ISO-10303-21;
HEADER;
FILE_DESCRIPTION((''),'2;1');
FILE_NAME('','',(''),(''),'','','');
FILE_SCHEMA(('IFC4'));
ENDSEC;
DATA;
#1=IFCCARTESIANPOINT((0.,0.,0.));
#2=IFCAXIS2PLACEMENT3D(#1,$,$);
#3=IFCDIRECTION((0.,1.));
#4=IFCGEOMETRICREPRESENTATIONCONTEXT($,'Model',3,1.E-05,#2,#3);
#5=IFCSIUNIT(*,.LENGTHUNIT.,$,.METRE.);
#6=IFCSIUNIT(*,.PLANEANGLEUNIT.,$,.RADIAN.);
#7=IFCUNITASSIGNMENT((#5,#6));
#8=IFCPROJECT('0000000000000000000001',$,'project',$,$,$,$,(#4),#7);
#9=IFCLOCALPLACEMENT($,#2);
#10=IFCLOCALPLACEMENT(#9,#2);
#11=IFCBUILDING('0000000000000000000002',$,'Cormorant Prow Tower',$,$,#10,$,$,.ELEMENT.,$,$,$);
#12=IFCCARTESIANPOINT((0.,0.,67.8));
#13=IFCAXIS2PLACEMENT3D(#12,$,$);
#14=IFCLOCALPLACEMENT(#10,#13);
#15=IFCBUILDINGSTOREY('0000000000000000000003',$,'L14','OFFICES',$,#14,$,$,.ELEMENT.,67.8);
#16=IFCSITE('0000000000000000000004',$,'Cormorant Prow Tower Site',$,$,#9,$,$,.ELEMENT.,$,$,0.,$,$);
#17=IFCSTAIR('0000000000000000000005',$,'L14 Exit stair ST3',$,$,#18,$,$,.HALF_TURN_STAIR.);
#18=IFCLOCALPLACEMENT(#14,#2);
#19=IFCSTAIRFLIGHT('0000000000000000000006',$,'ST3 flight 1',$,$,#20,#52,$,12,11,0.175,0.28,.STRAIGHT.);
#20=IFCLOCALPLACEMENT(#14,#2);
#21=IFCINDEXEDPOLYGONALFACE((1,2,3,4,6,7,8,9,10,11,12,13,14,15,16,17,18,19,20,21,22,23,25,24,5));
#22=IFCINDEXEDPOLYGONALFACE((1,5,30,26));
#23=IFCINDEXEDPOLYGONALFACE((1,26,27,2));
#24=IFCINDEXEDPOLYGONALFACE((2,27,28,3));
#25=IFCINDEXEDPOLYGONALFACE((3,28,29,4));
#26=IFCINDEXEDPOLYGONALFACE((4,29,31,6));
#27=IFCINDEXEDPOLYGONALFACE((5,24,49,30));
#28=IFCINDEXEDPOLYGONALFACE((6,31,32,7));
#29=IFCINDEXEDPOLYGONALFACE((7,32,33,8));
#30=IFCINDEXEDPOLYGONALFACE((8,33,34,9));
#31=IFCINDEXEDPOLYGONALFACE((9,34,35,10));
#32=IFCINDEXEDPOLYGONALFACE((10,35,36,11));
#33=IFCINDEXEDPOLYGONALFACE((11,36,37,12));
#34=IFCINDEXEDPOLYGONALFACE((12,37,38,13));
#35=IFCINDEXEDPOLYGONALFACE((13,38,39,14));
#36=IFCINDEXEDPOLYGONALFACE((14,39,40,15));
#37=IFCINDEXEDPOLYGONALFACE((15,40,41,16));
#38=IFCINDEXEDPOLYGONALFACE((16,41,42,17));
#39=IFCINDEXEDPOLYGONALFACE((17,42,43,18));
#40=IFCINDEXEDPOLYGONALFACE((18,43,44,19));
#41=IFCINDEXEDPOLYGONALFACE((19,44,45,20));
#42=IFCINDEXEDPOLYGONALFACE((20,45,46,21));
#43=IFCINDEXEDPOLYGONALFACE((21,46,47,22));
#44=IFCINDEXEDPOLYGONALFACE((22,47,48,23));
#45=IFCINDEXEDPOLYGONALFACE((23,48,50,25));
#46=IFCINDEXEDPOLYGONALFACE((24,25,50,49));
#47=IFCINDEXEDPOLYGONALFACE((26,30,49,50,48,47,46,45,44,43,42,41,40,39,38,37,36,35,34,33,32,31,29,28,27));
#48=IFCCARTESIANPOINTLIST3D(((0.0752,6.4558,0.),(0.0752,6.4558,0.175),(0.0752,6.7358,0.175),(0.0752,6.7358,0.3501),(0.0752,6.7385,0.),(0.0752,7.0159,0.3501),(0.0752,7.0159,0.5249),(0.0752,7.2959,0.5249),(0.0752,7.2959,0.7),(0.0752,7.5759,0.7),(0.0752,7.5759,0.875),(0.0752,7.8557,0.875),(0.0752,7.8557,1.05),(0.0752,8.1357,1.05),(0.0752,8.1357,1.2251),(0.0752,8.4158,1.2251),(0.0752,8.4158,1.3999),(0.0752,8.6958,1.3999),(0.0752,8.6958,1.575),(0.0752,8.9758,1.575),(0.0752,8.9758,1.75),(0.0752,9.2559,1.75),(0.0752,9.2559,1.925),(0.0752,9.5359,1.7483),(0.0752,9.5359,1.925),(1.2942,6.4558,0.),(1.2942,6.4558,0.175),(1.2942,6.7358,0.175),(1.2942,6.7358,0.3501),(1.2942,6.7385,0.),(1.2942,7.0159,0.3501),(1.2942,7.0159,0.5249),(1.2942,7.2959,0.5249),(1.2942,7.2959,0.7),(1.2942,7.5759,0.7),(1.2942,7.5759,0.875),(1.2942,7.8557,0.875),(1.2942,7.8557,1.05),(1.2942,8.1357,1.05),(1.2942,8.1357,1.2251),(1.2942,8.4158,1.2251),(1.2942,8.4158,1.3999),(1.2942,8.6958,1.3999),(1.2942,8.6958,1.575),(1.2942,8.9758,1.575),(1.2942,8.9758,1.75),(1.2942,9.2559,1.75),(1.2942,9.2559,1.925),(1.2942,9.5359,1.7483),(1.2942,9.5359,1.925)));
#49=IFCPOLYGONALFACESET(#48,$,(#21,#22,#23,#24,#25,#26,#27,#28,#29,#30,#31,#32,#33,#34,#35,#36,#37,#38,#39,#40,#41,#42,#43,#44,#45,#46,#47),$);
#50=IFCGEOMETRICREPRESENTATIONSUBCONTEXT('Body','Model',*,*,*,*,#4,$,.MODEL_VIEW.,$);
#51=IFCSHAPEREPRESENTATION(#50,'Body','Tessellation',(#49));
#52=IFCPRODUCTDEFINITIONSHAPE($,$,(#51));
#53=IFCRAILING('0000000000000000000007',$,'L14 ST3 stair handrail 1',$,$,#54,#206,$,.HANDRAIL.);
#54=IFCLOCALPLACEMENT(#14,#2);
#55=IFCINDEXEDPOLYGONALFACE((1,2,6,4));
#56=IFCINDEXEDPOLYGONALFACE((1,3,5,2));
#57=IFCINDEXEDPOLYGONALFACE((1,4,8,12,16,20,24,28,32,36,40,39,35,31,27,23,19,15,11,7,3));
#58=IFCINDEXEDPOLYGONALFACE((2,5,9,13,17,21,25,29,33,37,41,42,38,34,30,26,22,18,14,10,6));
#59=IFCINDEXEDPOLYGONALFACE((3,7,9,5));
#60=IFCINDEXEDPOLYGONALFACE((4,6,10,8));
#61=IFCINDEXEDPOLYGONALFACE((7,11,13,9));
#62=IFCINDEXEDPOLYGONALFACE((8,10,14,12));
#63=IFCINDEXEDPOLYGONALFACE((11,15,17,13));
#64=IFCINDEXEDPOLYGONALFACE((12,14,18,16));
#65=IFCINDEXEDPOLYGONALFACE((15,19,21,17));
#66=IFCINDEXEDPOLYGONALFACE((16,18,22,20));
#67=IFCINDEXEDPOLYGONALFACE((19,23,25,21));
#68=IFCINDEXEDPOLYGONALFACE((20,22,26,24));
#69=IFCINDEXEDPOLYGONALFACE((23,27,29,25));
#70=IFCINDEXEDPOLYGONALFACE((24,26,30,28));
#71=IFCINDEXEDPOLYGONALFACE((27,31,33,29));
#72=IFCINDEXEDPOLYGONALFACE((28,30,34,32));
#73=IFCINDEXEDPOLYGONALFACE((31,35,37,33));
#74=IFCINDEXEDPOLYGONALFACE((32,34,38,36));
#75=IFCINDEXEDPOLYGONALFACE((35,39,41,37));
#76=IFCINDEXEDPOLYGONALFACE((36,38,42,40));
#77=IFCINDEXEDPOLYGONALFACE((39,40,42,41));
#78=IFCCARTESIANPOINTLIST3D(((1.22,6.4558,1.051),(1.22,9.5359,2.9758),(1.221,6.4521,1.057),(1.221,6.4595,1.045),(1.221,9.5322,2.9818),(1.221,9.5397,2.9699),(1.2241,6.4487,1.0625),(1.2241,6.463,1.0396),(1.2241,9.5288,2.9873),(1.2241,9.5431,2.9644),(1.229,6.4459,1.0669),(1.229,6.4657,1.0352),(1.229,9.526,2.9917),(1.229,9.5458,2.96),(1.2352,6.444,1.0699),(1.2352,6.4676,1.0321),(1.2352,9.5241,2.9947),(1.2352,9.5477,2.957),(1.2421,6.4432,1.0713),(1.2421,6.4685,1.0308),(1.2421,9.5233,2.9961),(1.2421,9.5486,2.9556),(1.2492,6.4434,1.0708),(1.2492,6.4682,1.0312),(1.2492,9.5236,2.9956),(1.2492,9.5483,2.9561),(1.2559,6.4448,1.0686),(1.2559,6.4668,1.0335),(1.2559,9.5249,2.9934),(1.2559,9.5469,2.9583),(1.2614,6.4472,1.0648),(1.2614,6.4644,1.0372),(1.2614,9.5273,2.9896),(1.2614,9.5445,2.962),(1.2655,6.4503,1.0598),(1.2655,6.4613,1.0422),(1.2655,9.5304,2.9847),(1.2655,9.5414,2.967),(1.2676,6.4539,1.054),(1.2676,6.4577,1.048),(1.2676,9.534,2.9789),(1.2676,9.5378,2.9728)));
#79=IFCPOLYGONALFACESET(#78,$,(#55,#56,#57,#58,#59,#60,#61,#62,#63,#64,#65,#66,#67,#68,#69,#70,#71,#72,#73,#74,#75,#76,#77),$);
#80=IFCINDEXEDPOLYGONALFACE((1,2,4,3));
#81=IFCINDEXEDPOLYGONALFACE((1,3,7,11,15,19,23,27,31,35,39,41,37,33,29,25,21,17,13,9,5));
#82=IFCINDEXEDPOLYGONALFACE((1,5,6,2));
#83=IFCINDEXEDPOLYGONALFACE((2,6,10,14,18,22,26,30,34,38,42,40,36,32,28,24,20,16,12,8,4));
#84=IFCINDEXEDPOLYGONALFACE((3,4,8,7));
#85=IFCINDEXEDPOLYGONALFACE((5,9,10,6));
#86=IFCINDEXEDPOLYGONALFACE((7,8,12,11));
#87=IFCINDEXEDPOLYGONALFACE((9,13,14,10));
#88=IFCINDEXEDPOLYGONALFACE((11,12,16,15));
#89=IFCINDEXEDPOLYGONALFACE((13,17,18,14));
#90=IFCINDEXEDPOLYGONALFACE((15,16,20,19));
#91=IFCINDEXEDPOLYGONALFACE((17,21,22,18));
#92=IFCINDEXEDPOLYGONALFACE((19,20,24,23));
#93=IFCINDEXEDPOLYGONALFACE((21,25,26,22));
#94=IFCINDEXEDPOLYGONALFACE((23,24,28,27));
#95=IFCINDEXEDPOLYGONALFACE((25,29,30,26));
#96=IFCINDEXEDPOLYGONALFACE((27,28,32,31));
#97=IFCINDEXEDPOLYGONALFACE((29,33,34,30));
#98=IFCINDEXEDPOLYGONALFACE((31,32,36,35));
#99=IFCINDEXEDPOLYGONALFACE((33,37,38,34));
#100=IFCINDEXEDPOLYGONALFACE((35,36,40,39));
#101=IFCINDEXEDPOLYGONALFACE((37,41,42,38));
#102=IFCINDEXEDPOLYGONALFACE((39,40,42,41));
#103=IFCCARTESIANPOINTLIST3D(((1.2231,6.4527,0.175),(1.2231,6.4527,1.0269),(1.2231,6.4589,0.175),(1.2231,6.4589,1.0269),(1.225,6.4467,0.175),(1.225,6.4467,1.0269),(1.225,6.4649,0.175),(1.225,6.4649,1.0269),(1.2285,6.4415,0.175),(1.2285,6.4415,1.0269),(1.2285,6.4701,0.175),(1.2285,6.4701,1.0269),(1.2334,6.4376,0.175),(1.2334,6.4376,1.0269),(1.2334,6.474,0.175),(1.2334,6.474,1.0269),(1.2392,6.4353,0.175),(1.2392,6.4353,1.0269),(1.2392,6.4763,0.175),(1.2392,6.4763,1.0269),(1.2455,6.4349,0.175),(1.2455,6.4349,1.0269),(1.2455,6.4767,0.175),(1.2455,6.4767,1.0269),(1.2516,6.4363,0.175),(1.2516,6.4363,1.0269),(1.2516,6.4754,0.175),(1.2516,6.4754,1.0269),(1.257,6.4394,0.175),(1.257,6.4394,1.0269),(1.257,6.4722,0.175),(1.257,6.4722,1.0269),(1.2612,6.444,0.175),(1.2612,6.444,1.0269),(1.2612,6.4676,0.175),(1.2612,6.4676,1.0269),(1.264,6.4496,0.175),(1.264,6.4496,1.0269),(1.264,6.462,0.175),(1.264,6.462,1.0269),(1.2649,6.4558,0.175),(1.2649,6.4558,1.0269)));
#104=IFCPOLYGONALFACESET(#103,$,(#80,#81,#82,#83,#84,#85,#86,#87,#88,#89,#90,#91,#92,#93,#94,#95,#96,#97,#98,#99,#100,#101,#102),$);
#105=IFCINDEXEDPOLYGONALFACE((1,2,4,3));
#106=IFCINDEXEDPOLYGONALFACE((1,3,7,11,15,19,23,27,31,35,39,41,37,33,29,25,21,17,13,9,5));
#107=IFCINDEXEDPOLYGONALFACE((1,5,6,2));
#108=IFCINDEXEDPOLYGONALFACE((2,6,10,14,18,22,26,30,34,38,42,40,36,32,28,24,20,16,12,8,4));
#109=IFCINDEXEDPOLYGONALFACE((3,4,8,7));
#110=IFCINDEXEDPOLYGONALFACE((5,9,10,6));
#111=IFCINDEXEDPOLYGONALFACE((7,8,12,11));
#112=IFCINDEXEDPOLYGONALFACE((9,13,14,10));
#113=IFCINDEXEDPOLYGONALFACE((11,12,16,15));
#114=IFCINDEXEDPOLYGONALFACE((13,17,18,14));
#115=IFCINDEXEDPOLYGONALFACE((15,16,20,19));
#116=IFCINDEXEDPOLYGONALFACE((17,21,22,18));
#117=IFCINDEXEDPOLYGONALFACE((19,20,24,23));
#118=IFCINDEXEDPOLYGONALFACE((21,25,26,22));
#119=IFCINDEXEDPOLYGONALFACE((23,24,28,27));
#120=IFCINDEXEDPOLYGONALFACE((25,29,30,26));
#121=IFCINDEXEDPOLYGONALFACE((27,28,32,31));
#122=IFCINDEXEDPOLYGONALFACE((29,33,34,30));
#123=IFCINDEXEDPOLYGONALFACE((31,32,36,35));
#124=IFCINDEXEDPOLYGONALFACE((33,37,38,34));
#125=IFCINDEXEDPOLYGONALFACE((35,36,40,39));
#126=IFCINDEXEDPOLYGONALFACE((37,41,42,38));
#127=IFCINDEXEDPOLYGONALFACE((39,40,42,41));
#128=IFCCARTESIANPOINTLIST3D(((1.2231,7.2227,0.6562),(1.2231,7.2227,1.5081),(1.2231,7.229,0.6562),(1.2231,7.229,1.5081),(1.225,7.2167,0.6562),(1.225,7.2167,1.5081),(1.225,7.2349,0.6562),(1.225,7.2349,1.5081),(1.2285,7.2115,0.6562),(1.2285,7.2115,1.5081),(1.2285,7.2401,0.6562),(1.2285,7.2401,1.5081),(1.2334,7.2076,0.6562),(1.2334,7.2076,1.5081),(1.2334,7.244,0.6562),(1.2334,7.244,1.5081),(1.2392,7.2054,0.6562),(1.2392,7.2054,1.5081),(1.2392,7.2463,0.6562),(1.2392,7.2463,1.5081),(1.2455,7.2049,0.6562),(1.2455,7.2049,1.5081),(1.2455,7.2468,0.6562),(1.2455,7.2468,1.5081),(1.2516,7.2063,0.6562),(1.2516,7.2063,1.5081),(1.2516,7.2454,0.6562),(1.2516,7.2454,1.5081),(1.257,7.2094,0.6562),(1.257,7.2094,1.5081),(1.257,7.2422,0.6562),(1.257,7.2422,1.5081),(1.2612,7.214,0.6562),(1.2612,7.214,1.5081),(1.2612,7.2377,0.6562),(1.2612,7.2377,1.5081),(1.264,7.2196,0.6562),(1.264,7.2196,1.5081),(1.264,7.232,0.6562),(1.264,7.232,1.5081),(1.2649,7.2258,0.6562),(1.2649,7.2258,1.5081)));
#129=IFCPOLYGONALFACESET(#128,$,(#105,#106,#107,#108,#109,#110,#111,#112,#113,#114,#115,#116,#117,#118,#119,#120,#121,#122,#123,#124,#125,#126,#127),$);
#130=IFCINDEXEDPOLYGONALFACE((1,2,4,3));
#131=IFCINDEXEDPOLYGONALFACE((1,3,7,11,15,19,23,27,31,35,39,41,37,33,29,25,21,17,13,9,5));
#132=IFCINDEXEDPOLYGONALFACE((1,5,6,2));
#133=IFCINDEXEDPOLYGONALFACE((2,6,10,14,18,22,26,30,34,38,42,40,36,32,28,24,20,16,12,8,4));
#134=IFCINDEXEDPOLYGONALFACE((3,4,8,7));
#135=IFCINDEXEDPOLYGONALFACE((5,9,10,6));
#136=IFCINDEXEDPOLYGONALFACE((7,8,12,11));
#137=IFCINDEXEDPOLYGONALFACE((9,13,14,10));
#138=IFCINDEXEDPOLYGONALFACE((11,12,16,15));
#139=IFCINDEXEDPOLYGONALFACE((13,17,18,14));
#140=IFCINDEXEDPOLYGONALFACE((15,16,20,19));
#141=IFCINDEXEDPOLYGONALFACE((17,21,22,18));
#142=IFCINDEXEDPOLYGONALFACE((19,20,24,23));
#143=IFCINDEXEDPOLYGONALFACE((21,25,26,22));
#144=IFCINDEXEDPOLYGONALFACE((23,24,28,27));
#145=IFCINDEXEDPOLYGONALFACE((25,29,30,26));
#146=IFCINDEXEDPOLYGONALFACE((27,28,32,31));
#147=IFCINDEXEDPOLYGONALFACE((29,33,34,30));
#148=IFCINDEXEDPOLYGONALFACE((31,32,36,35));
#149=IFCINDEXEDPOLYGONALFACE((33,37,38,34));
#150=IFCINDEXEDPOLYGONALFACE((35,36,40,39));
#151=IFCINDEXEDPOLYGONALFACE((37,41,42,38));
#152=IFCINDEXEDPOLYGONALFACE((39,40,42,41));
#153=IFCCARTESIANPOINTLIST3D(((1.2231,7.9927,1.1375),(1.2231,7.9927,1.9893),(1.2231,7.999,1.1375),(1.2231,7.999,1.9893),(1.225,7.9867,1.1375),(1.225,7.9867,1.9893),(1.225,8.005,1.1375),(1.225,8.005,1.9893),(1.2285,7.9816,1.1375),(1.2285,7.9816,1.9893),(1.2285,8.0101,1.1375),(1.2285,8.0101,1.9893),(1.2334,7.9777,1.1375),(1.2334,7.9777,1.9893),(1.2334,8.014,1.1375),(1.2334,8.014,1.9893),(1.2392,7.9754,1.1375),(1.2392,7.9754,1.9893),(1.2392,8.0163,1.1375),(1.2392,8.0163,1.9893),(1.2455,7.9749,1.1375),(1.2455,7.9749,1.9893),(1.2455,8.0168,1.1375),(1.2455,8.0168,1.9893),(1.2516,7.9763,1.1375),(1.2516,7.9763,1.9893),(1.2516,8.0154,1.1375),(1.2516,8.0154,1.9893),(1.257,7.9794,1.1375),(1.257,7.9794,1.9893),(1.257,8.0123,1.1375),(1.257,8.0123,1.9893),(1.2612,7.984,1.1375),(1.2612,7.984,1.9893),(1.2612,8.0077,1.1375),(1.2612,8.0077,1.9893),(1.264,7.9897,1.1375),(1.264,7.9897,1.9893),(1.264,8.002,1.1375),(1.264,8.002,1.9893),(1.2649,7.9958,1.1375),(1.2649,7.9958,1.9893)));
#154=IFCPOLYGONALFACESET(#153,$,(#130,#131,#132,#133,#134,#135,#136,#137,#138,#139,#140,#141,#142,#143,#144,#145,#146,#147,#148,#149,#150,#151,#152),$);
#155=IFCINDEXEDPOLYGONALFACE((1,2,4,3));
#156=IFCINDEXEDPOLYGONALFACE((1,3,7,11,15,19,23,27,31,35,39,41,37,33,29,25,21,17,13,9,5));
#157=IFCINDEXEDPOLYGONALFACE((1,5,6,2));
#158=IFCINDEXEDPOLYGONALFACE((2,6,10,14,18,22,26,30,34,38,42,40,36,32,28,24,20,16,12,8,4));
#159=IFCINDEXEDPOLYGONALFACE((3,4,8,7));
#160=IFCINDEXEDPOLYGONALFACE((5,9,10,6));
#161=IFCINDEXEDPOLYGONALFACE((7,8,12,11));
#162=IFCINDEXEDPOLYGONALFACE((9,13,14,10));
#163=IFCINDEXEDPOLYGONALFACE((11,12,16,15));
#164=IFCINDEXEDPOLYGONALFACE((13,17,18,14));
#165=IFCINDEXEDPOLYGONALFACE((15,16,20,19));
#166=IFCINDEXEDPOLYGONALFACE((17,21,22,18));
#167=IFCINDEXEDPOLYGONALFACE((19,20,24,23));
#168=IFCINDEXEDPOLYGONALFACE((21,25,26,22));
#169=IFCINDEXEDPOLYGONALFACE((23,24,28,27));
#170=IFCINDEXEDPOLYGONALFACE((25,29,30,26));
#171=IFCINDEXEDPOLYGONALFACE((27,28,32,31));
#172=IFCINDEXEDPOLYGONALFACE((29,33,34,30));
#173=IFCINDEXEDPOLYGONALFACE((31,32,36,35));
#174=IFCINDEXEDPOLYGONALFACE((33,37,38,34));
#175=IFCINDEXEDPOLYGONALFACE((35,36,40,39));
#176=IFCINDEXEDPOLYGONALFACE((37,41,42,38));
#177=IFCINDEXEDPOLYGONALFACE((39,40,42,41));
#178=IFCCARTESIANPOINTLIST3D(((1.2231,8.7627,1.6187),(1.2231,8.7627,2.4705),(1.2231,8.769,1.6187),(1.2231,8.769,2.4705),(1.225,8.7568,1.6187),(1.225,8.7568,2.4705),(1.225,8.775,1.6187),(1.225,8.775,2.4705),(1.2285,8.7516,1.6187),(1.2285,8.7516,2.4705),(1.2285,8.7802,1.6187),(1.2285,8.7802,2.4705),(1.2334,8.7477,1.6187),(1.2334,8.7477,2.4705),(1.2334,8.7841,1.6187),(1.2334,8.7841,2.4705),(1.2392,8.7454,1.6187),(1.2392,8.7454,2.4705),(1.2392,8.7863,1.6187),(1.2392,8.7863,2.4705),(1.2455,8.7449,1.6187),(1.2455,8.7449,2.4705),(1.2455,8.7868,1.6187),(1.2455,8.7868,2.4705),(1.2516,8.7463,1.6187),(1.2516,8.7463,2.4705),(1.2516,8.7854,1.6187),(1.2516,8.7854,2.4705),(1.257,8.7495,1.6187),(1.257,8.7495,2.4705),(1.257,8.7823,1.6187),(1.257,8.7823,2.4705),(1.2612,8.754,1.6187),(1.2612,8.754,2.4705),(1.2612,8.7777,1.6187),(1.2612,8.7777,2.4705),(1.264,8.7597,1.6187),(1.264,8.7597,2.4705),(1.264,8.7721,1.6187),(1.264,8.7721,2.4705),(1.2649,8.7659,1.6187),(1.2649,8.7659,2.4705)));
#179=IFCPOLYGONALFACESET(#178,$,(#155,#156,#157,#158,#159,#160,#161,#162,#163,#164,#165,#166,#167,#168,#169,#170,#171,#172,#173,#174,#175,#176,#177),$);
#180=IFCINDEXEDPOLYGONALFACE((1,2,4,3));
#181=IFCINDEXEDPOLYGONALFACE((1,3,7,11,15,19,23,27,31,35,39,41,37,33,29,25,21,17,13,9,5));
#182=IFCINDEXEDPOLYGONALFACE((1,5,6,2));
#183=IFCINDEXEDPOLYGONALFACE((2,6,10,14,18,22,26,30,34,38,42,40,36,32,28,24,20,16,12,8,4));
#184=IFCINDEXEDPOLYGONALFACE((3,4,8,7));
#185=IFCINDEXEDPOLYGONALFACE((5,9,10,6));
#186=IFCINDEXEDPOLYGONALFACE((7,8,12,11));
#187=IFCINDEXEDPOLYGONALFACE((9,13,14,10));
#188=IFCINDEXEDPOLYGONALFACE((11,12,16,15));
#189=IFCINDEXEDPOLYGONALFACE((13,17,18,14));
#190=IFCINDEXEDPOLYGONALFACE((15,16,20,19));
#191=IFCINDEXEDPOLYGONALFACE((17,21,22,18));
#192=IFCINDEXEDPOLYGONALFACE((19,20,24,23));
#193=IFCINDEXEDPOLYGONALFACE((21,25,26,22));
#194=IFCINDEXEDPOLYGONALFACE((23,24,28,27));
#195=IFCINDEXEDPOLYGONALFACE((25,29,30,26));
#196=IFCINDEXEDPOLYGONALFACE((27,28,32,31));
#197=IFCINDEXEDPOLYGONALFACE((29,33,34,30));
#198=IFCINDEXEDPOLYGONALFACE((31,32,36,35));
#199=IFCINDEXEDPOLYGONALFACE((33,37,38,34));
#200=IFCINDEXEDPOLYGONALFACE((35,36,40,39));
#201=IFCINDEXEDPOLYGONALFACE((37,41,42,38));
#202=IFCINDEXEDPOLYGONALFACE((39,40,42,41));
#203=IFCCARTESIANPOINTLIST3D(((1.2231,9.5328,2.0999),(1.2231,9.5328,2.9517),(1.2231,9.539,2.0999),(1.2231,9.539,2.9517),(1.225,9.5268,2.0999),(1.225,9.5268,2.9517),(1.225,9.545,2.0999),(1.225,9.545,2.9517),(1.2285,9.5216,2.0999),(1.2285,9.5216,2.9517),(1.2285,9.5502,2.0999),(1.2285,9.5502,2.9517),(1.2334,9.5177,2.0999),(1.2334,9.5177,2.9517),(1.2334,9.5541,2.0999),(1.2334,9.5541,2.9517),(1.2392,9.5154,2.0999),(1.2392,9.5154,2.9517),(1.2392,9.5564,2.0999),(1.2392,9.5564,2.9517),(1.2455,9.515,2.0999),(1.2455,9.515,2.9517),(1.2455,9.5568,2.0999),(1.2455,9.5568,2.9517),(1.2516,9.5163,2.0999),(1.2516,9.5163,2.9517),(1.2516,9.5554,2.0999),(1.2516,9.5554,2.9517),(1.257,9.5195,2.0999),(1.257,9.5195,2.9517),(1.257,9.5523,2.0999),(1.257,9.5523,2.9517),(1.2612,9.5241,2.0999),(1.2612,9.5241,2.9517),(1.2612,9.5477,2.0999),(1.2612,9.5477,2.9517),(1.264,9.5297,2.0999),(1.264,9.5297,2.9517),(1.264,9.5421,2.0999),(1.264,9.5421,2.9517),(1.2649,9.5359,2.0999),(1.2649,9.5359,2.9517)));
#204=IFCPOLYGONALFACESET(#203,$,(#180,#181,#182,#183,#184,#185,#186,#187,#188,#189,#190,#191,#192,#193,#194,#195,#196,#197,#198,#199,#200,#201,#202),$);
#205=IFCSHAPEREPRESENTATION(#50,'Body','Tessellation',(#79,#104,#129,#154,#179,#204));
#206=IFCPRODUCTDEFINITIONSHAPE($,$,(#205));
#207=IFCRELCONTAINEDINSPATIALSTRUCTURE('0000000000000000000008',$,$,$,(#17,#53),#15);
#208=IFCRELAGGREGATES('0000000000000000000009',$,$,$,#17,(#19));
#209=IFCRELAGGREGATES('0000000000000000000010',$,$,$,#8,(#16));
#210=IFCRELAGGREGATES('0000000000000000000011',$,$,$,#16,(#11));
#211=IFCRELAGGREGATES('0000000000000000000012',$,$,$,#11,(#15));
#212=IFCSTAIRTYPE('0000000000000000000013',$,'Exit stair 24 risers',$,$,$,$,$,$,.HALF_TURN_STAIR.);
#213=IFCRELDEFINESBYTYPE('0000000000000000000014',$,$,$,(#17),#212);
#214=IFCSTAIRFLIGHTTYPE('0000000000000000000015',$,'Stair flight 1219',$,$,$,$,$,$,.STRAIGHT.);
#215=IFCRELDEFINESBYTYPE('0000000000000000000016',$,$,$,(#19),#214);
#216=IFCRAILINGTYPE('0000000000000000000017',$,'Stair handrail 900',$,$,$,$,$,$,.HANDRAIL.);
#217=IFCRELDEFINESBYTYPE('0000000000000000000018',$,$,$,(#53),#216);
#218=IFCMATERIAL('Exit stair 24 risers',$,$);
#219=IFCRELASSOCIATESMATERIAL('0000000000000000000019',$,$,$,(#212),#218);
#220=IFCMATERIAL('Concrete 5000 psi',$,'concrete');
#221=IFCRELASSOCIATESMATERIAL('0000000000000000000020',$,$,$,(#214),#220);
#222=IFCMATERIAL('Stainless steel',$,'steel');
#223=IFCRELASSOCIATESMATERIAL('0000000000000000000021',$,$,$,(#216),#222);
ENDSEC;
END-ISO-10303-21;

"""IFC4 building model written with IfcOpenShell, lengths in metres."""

from ifc_helpers import new_model, si_unit, direction, frame, origin, origin_2d, place, context, subcontext, project, spatial, polyline, circle, outline, extrude, material, type_object, element, aggregate, save


model = new_model("IFC4")

# Units and contexts
model_context = context("Model", 3, precision=1e-05, world=origin(), true_north=direction((0.0, 1.0)))
body_context = subcontext(model_context, "Body", "Model", "MODEL_VIEW")
ifc_project = project(units=[si_unit("LENGTHUNIT", "METRE"), si_unit("PLANEANGLEUNIT", "RADIAN")], contexts=[model_context])

# Site, building, storey
site_placement = place(None, origin())
site = spatial("IfcSite", under=ifc_project, at=site_placement, Name="Cormorant Prow Tower Site", CompositionType="ELEMENT", RefElevation=0.0)
building_placement = place(site_placement, origin())
building = spatial("IfcBuilding", under=site, at=building_placement, Name="Cormorant Prow Tower", CompositionType="ELEMENT")
storey_placement = place(building_placement, frame((0.0, 0.0, 67.8)))
storey = spatial("IfcBuildingStorey", under=building, at=storey_placement, Name="L14", Description="OFFICES", CompositionType="ELEMENT", Elevation=67.8)

# Stair, stair flight
ifc_material_1 = material(Name="Exit stair 24 risers")
stair_type = type_object("IfcStairType", Name="Exit stair 24 risers", PredefinedType="HALF_TURN_STAIR", material=ifc_material_1)
stair_placement = place(storey_placement, origin())
stair = element("IfcStair", 1, at=stair_placement, inside=storey, type_object=stair_type, Name="L14 Exit stair ST3", PredefinedType="HALF_TURN_STAIR")
ifc_material_2 = material(Name="Concrete 5000 psi", Category="concrete")
stair_flight_type = type_object("IfcStairFlightType", Name="Stair flight 1219", PredefinedType="STRAIGHT", material=ifc_material_2)
stair_flight_placement = place(storey_placement, frame((0.6846, 6.4558, 0.0), z_axis=(0.0, 0.0, 1.0), x_axis=(0.0, 1.0, 0.0)))
stair_flight = element("IfcStairFlight", 2, at=stair_flight_placement, type_object=stair_flight_type, Name="ST3 flight 1", NumberOfRisers=12, NumberOfTreads=11, PredefinedType="STRAIGHT", RiserHeight=0.175, TreadLength=0.28, context=body_context, shape_type="SweptSolid", body=[
    extrude(outline(polyline([(0.0, 0.0), (0.0, 0.175), (0.28, 0.175), (0.28, 0.3501), (0.5601, 0.3501), (0.5601, 0.5249), (0.8401, 0.5249), (0.8401, 0.7), (1.1201, 0.7), (1.1201, 0.875), (1.3999, 0.875), (1.3999, 1.05), (1.6799, 1.05), (1.6799, 1.2251), (1.96, 1.2251), (1.96, 1.3999), (2.24, 1.3999), (2.24, 1.575), (2.52, 1.575), (2.52, 1.75), (2.8, 1.75), (2.8, 1.925), (3.0801, 1.925), (3.0801, 2.1001), (3.0801, 1.7483), (0.2827, 0.0), (0.0, 0.0)])), frame((0.0, 0.6094, 0.0), z_axis=(0.0, -1.0, 0.0), x_axis=(1.0, 0.0, 0.0)), (0.0, 0.0, 1.0), 1.219),
])
aggregate(stair, [stair_flight])

# Railing
ifc_material_3 = material(Name="Stainless steel", Category="steel")
railing_type_1 = type_object("IfcRailingType", Name="Stair handrail 900", PredefinedType="HANDRAIL", material=ifc_material_3)
railing_1_placement = place(storey_placement, frame((1.2439, 6.4558, 0.175)))
element("IfcRailing", 3, at=railing_1_placement, inside=storey, type_object=railing_type_1, Name="L14 ST3 stair handrail 1", PredefinedType="HANDRAIL", context=body_context, shape_type="SweptSolid", body=[
    extrude(circle(Radius=0.0239, at=origin_2d()), frame((0.0, 0.0, 0.876), z_axis=(0.0, 0.848029, 0.529951), x_axis=(-1.0, 0.0, 0.0)), (0.0, 0.0, 1.0), 3.6321),
    extrude(circle(Radius=0.021, at=origin_2d()), origin(), (0.0, 0.0, 1.0), 0.8518),
    extrude(circle(Radius=0.021, at=origin_2d()), frame((0.0, 0.77, 0.4812)), (0.0, 0.0, 1.0), 0.8518),
    extrude(circle(Radius=0.021, at=origin_2d()), frame((0.0, 1.54, 0.9624)), (0.0, 0.0, 1.0), 0.8518),
    extrude(circle(Radius=0.021, at=origin_2d()), frame((0.0, 2.3101, 1.4436)), (0.0, 0.0, 1.0), 0.8518),
    extrude(circle(Radius=0.021, at=origin_2d()), frame((0.0, 3.0801, 1.9248)), (0.0, 0.0, 1.0), 0.8518),
])

save(model, "model.ifc")
